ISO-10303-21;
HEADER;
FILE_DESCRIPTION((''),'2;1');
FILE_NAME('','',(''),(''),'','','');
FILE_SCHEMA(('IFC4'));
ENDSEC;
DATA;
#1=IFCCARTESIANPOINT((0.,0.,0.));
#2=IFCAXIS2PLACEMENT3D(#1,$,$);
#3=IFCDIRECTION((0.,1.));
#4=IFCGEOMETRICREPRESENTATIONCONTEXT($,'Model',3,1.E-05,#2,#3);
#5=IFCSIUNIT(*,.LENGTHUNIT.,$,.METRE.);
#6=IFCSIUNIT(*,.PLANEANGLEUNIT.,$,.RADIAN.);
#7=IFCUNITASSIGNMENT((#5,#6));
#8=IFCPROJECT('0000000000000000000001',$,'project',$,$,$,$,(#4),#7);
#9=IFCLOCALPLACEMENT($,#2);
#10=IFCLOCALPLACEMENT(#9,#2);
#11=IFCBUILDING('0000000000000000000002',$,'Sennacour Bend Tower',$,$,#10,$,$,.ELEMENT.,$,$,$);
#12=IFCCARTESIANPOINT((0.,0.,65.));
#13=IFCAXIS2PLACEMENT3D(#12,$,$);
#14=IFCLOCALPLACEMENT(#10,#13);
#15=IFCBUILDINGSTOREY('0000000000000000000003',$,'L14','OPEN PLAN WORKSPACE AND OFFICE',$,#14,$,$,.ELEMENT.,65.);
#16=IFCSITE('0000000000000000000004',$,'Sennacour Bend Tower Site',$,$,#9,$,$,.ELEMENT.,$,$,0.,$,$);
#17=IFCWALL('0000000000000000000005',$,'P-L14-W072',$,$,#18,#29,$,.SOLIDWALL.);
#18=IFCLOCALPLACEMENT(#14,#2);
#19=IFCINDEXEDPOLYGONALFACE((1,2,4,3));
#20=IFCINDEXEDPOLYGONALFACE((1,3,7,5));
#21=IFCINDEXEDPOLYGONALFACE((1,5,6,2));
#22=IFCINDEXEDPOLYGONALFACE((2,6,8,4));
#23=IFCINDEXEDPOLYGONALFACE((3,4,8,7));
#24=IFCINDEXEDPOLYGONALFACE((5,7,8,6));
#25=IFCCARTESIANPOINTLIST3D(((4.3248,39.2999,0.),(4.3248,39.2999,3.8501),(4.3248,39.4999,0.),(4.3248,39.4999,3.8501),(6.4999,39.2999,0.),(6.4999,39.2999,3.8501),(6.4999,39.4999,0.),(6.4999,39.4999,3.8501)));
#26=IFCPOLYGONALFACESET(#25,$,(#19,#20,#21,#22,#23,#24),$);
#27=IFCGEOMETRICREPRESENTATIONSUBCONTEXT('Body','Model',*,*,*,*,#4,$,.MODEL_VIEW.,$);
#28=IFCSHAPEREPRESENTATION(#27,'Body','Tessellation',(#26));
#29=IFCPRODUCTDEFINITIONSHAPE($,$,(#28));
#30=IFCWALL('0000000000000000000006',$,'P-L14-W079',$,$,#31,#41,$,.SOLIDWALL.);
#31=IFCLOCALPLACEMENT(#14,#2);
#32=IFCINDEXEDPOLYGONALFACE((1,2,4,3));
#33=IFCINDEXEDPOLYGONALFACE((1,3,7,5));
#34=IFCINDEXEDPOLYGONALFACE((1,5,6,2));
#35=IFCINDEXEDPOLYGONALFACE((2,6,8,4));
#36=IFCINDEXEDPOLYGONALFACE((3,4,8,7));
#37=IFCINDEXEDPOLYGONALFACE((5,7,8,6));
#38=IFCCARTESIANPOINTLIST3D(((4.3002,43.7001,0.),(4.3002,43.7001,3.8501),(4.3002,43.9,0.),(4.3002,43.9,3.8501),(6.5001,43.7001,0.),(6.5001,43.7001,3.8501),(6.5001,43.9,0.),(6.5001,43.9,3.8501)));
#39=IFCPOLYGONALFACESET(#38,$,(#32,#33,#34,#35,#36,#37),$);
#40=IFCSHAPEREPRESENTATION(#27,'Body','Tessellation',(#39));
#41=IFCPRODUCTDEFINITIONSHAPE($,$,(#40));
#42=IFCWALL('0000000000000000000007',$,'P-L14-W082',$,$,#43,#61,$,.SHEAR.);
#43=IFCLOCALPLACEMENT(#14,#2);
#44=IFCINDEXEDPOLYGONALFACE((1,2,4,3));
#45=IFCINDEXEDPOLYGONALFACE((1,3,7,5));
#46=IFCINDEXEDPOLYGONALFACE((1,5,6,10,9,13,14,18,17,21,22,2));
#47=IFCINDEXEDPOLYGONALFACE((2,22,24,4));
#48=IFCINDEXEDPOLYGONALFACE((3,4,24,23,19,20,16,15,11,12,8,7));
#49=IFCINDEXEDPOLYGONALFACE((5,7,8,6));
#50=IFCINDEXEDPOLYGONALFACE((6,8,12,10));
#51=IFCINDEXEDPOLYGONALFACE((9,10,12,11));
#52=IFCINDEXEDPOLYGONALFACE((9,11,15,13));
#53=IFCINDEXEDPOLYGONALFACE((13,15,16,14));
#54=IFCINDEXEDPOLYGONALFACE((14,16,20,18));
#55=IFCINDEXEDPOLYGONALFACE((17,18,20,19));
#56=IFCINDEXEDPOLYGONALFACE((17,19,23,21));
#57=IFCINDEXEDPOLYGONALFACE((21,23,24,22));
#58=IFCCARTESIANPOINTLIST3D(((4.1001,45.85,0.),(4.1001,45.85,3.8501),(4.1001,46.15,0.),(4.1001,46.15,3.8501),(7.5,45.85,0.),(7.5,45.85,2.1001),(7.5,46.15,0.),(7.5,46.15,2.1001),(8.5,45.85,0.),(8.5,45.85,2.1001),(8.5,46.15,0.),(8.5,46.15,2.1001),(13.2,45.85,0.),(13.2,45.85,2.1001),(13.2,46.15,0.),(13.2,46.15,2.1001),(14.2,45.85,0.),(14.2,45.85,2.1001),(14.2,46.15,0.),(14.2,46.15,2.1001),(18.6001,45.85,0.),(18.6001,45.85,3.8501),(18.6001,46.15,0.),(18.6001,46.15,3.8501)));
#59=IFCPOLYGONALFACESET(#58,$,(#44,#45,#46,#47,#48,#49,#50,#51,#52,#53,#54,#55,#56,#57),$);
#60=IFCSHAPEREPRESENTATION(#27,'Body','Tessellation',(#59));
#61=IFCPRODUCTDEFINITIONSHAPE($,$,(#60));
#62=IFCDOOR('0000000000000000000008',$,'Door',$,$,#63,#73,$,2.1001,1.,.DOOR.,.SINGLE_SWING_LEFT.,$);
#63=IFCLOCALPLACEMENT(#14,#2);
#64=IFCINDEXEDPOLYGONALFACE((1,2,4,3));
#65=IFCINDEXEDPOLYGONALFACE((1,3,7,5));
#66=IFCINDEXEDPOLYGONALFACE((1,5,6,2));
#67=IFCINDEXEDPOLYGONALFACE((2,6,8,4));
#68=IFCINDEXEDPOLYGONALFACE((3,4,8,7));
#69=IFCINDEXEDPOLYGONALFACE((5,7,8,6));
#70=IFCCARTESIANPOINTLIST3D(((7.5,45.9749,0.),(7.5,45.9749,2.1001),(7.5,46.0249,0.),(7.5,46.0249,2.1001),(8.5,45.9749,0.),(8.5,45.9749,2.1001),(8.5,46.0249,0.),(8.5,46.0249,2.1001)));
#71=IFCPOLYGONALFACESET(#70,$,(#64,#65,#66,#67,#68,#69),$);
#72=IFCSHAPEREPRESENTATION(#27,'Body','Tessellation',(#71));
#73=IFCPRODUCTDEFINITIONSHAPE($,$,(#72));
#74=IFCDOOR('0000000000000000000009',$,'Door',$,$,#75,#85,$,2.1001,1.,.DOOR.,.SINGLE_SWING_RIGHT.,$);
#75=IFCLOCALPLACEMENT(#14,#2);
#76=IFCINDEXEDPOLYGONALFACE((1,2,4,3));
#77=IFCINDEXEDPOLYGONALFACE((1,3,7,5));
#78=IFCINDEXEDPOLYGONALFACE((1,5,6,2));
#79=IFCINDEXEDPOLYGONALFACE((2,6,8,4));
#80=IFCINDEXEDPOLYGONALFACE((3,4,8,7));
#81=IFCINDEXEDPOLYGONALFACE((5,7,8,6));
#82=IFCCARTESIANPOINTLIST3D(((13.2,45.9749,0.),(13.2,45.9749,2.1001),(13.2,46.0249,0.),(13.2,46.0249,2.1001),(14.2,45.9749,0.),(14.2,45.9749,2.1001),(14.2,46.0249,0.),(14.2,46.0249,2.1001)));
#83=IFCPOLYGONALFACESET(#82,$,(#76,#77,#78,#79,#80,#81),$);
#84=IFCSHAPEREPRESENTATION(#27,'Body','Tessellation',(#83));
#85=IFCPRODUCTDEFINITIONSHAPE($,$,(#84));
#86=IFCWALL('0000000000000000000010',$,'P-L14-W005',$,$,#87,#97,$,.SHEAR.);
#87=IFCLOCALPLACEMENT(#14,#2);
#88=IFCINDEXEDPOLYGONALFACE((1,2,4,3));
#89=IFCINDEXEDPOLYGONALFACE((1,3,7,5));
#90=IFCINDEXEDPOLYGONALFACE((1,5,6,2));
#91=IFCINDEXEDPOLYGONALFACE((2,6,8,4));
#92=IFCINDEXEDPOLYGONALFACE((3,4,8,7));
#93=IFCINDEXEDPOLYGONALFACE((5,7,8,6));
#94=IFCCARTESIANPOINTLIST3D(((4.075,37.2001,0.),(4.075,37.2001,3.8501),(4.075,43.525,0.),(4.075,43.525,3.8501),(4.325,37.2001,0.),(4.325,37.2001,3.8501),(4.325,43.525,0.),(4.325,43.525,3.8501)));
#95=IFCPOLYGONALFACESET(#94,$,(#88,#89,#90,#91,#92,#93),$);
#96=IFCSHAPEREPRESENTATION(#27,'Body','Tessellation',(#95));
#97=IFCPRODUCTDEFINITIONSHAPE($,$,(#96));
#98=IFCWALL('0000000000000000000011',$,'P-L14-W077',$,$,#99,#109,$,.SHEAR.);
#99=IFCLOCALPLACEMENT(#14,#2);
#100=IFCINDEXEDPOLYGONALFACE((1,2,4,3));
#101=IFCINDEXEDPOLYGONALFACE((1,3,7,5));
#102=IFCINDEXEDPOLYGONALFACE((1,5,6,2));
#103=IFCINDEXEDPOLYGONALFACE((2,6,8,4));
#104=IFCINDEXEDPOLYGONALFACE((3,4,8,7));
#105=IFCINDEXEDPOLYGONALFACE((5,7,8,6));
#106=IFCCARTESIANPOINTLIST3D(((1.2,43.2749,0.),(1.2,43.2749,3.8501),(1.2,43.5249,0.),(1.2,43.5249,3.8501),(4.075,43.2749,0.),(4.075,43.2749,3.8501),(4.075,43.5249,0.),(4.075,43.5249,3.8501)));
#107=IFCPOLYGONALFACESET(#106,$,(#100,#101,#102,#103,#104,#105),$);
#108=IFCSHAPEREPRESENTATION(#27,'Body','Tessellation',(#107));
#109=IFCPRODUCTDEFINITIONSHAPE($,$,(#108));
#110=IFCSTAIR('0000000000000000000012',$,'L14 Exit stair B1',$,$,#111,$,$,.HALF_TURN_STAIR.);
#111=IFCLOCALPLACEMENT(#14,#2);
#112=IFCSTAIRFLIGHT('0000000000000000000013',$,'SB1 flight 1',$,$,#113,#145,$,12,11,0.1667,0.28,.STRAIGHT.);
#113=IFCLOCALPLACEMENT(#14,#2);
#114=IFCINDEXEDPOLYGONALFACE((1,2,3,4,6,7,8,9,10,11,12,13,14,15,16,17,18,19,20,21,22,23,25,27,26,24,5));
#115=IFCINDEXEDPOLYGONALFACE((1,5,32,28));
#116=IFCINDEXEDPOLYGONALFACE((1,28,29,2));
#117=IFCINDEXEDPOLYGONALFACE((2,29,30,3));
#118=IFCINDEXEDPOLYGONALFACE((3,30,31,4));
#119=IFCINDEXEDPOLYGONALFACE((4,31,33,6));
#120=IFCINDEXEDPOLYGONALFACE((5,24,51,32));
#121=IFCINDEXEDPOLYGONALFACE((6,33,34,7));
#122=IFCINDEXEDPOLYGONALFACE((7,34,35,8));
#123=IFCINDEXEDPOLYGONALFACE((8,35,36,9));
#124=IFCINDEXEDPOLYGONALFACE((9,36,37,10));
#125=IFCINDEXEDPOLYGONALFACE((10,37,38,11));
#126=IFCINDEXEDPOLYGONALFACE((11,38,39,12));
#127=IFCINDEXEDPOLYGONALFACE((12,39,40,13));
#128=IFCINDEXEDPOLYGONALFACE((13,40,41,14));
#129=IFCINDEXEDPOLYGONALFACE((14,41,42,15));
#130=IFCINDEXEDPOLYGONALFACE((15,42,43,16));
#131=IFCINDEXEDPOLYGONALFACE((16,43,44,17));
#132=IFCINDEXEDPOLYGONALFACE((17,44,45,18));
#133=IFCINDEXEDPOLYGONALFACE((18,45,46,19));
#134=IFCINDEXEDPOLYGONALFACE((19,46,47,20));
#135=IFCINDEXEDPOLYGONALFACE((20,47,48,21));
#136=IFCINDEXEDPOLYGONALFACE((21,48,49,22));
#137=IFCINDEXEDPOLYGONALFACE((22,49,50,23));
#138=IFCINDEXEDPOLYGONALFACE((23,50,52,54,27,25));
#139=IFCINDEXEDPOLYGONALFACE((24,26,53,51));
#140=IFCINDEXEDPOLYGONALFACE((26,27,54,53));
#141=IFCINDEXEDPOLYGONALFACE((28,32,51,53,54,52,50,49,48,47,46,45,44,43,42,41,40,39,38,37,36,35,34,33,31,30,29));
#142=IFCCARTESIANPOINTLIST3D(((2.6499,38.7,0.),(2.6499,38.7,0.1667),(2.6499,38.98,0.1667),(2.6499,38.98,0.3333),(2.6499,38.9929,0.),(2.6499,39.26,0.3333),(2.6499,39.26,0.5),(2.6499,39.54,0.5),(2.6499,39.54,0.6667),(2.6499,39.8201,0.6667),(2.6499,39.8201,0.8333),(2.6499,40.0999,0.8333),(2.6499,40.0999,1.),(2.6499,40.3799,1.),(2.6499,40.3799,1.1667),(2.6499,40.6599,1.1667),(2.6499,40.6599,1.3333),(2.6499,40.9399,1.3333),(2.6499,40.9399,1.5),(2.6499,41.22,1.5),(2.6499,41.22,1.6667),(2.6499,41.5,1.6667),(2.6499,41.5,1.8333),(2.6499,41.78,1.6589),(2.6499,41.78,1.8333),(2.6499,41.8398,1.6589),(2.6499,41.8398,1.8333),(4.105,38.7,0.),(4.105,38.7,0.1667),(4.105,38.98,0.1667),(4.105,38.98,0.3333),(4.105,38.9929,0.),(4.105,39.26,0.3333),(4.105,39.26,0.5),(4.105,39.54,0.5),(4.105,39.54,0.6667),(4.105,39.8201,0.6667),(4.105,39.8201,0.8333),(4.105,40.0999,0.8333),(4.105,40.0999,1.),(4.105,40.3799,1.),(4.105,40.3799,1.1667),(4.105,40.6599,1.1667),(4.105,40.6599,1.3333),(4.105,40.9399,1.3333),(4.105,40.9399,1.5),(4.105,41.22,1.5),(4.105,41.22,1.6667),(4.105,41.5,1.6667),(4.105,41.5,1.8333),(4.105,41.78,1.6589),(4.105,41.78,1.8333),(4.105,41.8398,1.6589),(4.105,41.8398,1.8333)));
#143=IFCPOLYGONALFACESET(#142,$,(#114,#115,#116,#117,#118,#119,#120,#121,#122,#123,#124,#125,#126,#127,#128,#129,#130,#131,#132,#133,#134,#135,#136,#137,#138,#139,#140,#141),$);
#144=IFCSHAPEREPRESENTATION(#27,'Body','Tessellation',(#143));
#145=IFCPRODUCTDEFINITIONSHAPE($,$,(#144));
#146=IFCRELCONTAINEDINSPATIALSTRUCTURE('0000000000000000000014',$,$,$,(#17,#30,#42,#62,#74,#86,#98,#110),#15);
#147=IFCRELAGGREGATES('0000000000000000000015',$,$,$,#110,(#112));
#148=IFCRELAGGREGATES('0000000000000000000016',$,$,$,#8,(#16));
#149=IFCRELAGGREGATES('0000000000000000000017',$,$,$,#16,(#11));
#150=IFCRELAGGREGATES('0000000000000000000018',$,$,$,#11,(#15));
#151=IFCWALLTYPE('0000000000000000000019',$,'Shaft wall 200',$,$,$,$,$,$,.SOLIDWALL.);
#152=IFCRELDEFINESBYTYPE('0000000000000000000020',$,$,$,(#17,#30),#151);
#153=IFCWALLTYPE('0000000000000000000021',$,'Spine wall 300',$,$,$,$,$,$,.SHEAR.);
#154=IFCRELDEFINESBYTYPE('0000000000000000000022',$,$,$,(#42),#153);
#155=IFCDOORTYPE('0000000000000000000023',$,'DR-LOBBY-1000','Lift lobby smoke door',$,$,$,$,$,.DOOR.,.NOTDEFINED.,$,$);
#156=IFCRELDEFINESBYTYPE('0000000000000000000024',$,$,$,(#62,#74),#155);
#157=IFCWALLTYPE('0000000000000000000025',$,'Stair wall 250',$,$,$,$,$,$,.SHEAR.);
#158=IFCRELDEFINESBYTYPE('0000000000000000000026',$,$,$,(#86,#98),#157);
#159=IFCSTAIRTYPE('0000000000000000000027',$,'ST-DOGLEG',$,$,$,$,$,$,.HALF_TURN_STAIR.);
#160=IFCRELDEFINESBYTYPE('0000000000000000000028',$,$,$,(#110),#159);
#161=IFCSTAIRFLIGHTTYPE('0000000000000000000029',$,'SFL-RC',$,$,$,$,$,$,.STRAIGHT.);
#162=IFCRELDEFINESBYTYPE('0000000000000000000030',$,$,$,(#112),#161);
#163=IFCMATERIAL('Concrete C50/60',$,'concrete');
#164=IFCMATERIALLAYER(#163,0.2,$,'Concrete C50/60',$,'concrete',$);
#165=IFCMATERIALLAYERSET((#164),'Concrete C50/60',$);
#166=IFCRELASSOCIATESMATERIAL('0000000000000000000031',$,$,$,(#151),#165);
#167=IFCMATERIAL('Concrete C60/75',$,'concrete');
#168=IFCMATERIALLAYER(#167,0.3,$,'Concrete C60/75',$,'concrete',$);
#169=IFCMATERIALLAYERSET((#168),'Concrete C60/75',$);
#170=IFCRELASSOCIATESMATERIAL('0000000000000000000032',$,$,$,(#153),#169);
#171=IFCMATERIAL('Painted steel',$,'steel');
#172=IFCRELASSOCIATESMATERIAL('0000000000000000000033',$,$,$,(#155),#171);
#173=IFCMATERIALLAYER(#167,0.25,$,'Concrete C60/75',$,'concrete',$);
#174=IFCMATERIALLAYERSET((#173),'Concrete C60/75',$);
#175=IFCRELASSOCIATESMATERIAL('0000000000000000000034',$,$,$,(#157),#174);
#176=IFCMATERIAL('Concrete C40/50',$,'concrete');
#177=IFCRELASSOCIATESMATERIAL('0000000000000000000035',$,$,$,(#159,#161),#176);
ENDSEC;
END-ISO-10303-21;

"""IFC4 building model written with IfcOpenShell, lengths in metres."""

from ifc_helpers import new_model, si_unit, direction, frame, frame_2d, origin, place, context, subcontext, project, spatial, polyline, rectangle, outline, extrude, material, layer, layer_set, type_object, element, fill, aggregate, save


model = new_model("IFC4")

# Units and contexts
model_context = context("Model", 3, precision=1e-05, world=origin(), true_north=direction((0.0, 1.0)))
body_context = subcontext(model_context, "Body", "Model", "MODEL_VIEW")
ifc_project = project(units=[si_unit("LENGTHUNIT", "METRE"), si_unit("PLANEANGLEUNIT", "RADIAN")], contexts=[model_context])

# Site, building, storey
site_placement = place(None, origin())
site = spatial("IfcSite", under=ifc_project, at=site_placement, Name="Sennacour Bend Tower Site", CompositionType="ELEMENT", RefElevation=0.0)
building_placement = place(site_placement, origin())
building = spatial("IfcBuilding", under=site, at=building_placement, Name="Sennacour Bend Tower", CompositionType="ELEMENT")
storey_placement = place(building_placement, frame((0.0, 0.0, 65.0)))
storey = spatial("IfcBuildingStorey", under=building, at=storey_placement, Name="L14", Description="OPEN PLAN WORKSPACE AND OFFICE", CompositionType="ELEMENT", Elevation=65.0)

# Shared definitions
ifc_material_1 = material(Name="Painted steel", Category="steel")

# Walls
ifc_material_2 = material(Name="Concrete C50/60", Category="concrete")
ifc_layer_1 = layer(ifc_material_2, 0.2, Name="Concrete C50/60", Category="concrete")
ifc_layer_set_1 = layer_set([ifc_layer_1], Name="Concrete C50/60")
wall_type_1 = type_object("IfcWallType", Name="Shaft wall 200", PredefinedType="SOLIDWALL", material=ifc_layer_set_1)
wall_1_placement = place(storey_placement, frame((4.325, 39.3999, 0.0), z_axis=(0.0, 0.0, 1.0), x_axis=(1.0, 0.0, 0.0)))
element("IfcWall", 1, at=wall_1_placement, inside=storey, type_object=wall_type_1, Name="P-L14-W072", PredefinedType="SOLIDWALL", context=body_context, shape_type="SweptSolid", body=[
    extrude(rectangle(XDim=2.175, YDim=0.2, at=frame_2d((1.0874, 0.0))), origin(), (0.0, 0.0, 1.0), 3.8501),
])
wall_2_placement = place(storey_placement, frame((4.3, 43.8, 0.0), z_axis=(0.0, 0.0, 1.0), x_axis=(1.0, 0.0, 0.0)))
element("IfcWall", 2, at=wall_2_placement, inside=storey, type_object=wall_type_1, Name="P-L14-W079", PredefinedType="SOLIDWALL", context=body_context, shape_type="SweptSolid", body=[
    extrude(rectangle(XDim=2.2, YDim=0.2, at=frame_2d((1.1001, 0.0))), origin(), (0.0, 0.0, 1.0), 3.8501),
])

# Wall, openings, doors
ifc_material_3 = material(Name="Concrete C60/75", Category="concrete")
ifc_layer_2 = layer(ifc_material_3, 0.3, Name="Concrete C60/75", Category="concrete")
ifc_layer_set_2 = layer_set([ifc_layer_2], Name="Concrete C60/75")
wall_type_2 = type_object("IfcWallType", Name="Spine wall 300", PredefinedType="SHEAR", material=ifc_layer_set_2)
wall_3_placement = place(storey_placement, frame((4.1001, 46.0, 0.0), z_axis=(0.0, 0.0, 1.0), x_axis=(1.0, 0.0, 0.0)))
wall_3 = element("IfcWall", 3, at=wall_3_placement, inside=storey, type_object=wall_type_2, Name="P-L14-W082", PredefinedType="SHEAR", context=body_context, shape_type="SweptSolid", body=[
    extrude(rectangle(XDim=14.5, YDim=0.3, at=frame_2d((7.25, 0.0))), origin(), (0.0, 0.0, 1.0), 3.8501),
])
opening_1_placement = place(wall_3_placement, frame((3.3999, 0.0, 0.0)))
opening_1 = element("IfcOpeningElement", 4, at=opening_1_placement, cuts=wall_3, PredefinedType="OPENING", context=body_context, shape_type="SweptSolid", body=[
    extrude(rectangle(XDim=1.0, YDim=2.1001, at=frame_2d((0.5, 1.05))), frame((0.0, 0.1602, 0.0), z_axis=(0.0, -1.0, 0.0), x_axis=(1.0, 0.0, 0.0)), (0.0, 0.0, 1.0), 0.3201),
])
opening_2_placement = place(wall_3_placement, frame((9.0999, 0.0, 0.0)))
opening_2 = element("IfcOpeningElement", 5, at=opening_2_placement, cuts=wall_3, PredefinedType="OPENING", context=body_context, shape_type="SweptSolid", body=[
    extrude(rectangle(XDim=1.0, YDim=2.1001, at=frame_2d((0.5, 1.05))), frame((0.0, 0.1602, 0.0), z_axis=(0.0, -1.0, 0.0), x_axis=(1.0, 0.0, 0.0)), (0.0, 0.0, 1.0), 0.3201),
])
door_type_1 = type_object("IfcDoorType", Name="DR-LOBBY-1000", Description="Lift lobby smoke door", OperationType="NOTDEFINED", PredefinedType="DOOR", material=ifc_material_1)
door_1_placement = place(opening_1_placement, origin())
door_1 = element("IfcDoor", 6, at=door_1_placement, inside=storey, type_object=door_type_1, Name="Door", OperationType="SINGLE_SWING_LEFT", OverallHeight=2.1001, OverallWidth=1.0, PredefinedType="DOOR", context=body_context, shape_type="SweptSolid", body=[
    extrude(rectangle(XDim=1.0, YDim=2.1001, at=frame_2d((0.5, 1.05))), frame((0.0, 0.0249, 0.0), z_axis=(0.0, -1.0, 0.0), x_axis=(1.0, 0.0, 0.0)), (0.0, 0.0, 1.0), 0.05),
])
fill(opening_1, door_1)
door_2_placement = place(opening_2_placement, origin())
door_2 = element("IfcDoor", 7, at=door_2_placement, inside=storey, type_object=door_type_1, Name="Door", OperationType="SINGLE_SWING_RIGHT", OverallHeight=2.1001, OverallWidth=1.0, PredefinedType="DOOR", context=body_context, shape_type="SweptSolid", body=[
    extrude(rectangle(XDim=1.0, YDim=2.1001, at=frame_2d((0.5, 1.05))), frame((0.0, 0.0249, 0.0), z_axis=(0.0, -1.0, 0.0), x_axis=(1.0, 0.0, 0.0)), (0.0, 0.0, 1.0), 0.05),
])
fill(opening_2, door_2)

# Walls
ifc_layer_3 = layer(ifc_material_3, 0.25, Name="Concrete C60/75", Category="concrete")
ifc_layer_set_3 = layer_set([ifc_layer_3], Name="Concrete C60/75")
wall_type_3 = type_object("IfcWallType", Name="Stair wall 250", PredefinedType="SHEAR", material=ifc_layer_set_3)
wall_4_placement = place(storey_placement, frame((4.2, 37.2, 0.0), z_axis=(0.0, 0.0, 1.0), x_axis=(0.0, 1.0, 0.0)))
element("IfcWall", 8, at=wall_4_placement, inside=storey, type_object=wall_type_3, Name="P-L14-W005", PredefinedType="SHEAR", context=body_context, shape_type="SweptSolid", body=[
    extrude(rectangle(XDim=6.325, YDim=0.25, at=frame_2d((3.1626, 0.0))), origin(), (0.0, 0.0, 1.0), 3.8501),
])
wall_5_placement = place(storey_placement, frame((1.2, 43.3999, 0.0), z_axis=(0.0, 0.0, 1.0), x_axis=(1.0, 0.0, 0.0)))
element("IfcWall", 9, at=wall_5_placement, inside=storey, type_object=wall_type_3, Name="P-L14-W077", PredefinedType="SHEAR", context=body_context, shape_type="SweptSolid", body=[
    extrude(rectangle(XDim=2.875, YDim=0.25, at=frame_2d((1.4375, 0.0))), origin(), (0.0, 0.0, 1.0), 3.8501),
])

# Stair, stair flight
ifc_material_4 = material(Name="Concrete C40/50", Category="concrete")
stair_type = type_object("IfcStairType", Name="ST-DOGLEG", PredefinedType="HALF_TURN_STAIR", material=ifc_material_4)
stair_placement = place(storey_placement, origin())
stair = element("IfcStair", 10, at=stair_placement, inside=storey, type_object=stair_type, Name="L14 Exit stair B1", PredefinedType="HALF_TURN_STAIR")
stair_flight_type = type_object("IfcStairFlightType", Name="SFL-RC", PredefinedType="STRAIGHT", material=ifc_material_4)
stair_flight_1_placement = place(storey_placement, frame((3.3774, 38.7, 0.0), z_axis=(0.0, 0.0, 1.0), x_axis=(0.0, 1.0, 0.0)))
stair_flight_1 = element("IfcStairFlight", 11, at=stair_flight_1_placement, type_object=stair_flight_type, Name="SB1 flight 1", NumberOfRisers=12, NumberOfTreads=11, PredefinedType="STRAIGHT", RiserHeight=0.1667, TreadLength=0.28, context=body_context, shape_type="SweptSolid", body=[
    extrude(outline(polyline([(0.0, 0.0), (0.0, 0.1667), (0.28, 0.1667), (0.28, 0.3333), (0.5601, 0.3333), (0.5601, 0.5), (0.8401, 0.5), (0.8401, 0.6667), (1.1201, 0.6667), (1.1201, 0.8333), (1.3999, 0.8333), (1.3999, 1.0), (1.6799, 1.0), (1.6799, 1.1667), (1.96, 1.1667), (1.96, 1.3333), (2.24, 1.3333), (2.24, 1.5), (2.52, 1.5), (2.52, 1.6667), (2.8, 1.6667), (2.8, 1.8333), (3.0801, 1.8333), (3.1399, 1.8333), (3.1399, 1.6589), (3.0801, 1.6589), (0.293, 0.0), (0.0, 0.0)])), frame((0.0, 0.7275, 0.0), z_axis=(0.0, -1.0, 0.0), x_axis=(1.0, 0.0, 0.0)), (0.0, 0.0, 1.0), 1.4551),
])
aggregate(stair, [stair_flight_1])

save(model, "model.ifc")
